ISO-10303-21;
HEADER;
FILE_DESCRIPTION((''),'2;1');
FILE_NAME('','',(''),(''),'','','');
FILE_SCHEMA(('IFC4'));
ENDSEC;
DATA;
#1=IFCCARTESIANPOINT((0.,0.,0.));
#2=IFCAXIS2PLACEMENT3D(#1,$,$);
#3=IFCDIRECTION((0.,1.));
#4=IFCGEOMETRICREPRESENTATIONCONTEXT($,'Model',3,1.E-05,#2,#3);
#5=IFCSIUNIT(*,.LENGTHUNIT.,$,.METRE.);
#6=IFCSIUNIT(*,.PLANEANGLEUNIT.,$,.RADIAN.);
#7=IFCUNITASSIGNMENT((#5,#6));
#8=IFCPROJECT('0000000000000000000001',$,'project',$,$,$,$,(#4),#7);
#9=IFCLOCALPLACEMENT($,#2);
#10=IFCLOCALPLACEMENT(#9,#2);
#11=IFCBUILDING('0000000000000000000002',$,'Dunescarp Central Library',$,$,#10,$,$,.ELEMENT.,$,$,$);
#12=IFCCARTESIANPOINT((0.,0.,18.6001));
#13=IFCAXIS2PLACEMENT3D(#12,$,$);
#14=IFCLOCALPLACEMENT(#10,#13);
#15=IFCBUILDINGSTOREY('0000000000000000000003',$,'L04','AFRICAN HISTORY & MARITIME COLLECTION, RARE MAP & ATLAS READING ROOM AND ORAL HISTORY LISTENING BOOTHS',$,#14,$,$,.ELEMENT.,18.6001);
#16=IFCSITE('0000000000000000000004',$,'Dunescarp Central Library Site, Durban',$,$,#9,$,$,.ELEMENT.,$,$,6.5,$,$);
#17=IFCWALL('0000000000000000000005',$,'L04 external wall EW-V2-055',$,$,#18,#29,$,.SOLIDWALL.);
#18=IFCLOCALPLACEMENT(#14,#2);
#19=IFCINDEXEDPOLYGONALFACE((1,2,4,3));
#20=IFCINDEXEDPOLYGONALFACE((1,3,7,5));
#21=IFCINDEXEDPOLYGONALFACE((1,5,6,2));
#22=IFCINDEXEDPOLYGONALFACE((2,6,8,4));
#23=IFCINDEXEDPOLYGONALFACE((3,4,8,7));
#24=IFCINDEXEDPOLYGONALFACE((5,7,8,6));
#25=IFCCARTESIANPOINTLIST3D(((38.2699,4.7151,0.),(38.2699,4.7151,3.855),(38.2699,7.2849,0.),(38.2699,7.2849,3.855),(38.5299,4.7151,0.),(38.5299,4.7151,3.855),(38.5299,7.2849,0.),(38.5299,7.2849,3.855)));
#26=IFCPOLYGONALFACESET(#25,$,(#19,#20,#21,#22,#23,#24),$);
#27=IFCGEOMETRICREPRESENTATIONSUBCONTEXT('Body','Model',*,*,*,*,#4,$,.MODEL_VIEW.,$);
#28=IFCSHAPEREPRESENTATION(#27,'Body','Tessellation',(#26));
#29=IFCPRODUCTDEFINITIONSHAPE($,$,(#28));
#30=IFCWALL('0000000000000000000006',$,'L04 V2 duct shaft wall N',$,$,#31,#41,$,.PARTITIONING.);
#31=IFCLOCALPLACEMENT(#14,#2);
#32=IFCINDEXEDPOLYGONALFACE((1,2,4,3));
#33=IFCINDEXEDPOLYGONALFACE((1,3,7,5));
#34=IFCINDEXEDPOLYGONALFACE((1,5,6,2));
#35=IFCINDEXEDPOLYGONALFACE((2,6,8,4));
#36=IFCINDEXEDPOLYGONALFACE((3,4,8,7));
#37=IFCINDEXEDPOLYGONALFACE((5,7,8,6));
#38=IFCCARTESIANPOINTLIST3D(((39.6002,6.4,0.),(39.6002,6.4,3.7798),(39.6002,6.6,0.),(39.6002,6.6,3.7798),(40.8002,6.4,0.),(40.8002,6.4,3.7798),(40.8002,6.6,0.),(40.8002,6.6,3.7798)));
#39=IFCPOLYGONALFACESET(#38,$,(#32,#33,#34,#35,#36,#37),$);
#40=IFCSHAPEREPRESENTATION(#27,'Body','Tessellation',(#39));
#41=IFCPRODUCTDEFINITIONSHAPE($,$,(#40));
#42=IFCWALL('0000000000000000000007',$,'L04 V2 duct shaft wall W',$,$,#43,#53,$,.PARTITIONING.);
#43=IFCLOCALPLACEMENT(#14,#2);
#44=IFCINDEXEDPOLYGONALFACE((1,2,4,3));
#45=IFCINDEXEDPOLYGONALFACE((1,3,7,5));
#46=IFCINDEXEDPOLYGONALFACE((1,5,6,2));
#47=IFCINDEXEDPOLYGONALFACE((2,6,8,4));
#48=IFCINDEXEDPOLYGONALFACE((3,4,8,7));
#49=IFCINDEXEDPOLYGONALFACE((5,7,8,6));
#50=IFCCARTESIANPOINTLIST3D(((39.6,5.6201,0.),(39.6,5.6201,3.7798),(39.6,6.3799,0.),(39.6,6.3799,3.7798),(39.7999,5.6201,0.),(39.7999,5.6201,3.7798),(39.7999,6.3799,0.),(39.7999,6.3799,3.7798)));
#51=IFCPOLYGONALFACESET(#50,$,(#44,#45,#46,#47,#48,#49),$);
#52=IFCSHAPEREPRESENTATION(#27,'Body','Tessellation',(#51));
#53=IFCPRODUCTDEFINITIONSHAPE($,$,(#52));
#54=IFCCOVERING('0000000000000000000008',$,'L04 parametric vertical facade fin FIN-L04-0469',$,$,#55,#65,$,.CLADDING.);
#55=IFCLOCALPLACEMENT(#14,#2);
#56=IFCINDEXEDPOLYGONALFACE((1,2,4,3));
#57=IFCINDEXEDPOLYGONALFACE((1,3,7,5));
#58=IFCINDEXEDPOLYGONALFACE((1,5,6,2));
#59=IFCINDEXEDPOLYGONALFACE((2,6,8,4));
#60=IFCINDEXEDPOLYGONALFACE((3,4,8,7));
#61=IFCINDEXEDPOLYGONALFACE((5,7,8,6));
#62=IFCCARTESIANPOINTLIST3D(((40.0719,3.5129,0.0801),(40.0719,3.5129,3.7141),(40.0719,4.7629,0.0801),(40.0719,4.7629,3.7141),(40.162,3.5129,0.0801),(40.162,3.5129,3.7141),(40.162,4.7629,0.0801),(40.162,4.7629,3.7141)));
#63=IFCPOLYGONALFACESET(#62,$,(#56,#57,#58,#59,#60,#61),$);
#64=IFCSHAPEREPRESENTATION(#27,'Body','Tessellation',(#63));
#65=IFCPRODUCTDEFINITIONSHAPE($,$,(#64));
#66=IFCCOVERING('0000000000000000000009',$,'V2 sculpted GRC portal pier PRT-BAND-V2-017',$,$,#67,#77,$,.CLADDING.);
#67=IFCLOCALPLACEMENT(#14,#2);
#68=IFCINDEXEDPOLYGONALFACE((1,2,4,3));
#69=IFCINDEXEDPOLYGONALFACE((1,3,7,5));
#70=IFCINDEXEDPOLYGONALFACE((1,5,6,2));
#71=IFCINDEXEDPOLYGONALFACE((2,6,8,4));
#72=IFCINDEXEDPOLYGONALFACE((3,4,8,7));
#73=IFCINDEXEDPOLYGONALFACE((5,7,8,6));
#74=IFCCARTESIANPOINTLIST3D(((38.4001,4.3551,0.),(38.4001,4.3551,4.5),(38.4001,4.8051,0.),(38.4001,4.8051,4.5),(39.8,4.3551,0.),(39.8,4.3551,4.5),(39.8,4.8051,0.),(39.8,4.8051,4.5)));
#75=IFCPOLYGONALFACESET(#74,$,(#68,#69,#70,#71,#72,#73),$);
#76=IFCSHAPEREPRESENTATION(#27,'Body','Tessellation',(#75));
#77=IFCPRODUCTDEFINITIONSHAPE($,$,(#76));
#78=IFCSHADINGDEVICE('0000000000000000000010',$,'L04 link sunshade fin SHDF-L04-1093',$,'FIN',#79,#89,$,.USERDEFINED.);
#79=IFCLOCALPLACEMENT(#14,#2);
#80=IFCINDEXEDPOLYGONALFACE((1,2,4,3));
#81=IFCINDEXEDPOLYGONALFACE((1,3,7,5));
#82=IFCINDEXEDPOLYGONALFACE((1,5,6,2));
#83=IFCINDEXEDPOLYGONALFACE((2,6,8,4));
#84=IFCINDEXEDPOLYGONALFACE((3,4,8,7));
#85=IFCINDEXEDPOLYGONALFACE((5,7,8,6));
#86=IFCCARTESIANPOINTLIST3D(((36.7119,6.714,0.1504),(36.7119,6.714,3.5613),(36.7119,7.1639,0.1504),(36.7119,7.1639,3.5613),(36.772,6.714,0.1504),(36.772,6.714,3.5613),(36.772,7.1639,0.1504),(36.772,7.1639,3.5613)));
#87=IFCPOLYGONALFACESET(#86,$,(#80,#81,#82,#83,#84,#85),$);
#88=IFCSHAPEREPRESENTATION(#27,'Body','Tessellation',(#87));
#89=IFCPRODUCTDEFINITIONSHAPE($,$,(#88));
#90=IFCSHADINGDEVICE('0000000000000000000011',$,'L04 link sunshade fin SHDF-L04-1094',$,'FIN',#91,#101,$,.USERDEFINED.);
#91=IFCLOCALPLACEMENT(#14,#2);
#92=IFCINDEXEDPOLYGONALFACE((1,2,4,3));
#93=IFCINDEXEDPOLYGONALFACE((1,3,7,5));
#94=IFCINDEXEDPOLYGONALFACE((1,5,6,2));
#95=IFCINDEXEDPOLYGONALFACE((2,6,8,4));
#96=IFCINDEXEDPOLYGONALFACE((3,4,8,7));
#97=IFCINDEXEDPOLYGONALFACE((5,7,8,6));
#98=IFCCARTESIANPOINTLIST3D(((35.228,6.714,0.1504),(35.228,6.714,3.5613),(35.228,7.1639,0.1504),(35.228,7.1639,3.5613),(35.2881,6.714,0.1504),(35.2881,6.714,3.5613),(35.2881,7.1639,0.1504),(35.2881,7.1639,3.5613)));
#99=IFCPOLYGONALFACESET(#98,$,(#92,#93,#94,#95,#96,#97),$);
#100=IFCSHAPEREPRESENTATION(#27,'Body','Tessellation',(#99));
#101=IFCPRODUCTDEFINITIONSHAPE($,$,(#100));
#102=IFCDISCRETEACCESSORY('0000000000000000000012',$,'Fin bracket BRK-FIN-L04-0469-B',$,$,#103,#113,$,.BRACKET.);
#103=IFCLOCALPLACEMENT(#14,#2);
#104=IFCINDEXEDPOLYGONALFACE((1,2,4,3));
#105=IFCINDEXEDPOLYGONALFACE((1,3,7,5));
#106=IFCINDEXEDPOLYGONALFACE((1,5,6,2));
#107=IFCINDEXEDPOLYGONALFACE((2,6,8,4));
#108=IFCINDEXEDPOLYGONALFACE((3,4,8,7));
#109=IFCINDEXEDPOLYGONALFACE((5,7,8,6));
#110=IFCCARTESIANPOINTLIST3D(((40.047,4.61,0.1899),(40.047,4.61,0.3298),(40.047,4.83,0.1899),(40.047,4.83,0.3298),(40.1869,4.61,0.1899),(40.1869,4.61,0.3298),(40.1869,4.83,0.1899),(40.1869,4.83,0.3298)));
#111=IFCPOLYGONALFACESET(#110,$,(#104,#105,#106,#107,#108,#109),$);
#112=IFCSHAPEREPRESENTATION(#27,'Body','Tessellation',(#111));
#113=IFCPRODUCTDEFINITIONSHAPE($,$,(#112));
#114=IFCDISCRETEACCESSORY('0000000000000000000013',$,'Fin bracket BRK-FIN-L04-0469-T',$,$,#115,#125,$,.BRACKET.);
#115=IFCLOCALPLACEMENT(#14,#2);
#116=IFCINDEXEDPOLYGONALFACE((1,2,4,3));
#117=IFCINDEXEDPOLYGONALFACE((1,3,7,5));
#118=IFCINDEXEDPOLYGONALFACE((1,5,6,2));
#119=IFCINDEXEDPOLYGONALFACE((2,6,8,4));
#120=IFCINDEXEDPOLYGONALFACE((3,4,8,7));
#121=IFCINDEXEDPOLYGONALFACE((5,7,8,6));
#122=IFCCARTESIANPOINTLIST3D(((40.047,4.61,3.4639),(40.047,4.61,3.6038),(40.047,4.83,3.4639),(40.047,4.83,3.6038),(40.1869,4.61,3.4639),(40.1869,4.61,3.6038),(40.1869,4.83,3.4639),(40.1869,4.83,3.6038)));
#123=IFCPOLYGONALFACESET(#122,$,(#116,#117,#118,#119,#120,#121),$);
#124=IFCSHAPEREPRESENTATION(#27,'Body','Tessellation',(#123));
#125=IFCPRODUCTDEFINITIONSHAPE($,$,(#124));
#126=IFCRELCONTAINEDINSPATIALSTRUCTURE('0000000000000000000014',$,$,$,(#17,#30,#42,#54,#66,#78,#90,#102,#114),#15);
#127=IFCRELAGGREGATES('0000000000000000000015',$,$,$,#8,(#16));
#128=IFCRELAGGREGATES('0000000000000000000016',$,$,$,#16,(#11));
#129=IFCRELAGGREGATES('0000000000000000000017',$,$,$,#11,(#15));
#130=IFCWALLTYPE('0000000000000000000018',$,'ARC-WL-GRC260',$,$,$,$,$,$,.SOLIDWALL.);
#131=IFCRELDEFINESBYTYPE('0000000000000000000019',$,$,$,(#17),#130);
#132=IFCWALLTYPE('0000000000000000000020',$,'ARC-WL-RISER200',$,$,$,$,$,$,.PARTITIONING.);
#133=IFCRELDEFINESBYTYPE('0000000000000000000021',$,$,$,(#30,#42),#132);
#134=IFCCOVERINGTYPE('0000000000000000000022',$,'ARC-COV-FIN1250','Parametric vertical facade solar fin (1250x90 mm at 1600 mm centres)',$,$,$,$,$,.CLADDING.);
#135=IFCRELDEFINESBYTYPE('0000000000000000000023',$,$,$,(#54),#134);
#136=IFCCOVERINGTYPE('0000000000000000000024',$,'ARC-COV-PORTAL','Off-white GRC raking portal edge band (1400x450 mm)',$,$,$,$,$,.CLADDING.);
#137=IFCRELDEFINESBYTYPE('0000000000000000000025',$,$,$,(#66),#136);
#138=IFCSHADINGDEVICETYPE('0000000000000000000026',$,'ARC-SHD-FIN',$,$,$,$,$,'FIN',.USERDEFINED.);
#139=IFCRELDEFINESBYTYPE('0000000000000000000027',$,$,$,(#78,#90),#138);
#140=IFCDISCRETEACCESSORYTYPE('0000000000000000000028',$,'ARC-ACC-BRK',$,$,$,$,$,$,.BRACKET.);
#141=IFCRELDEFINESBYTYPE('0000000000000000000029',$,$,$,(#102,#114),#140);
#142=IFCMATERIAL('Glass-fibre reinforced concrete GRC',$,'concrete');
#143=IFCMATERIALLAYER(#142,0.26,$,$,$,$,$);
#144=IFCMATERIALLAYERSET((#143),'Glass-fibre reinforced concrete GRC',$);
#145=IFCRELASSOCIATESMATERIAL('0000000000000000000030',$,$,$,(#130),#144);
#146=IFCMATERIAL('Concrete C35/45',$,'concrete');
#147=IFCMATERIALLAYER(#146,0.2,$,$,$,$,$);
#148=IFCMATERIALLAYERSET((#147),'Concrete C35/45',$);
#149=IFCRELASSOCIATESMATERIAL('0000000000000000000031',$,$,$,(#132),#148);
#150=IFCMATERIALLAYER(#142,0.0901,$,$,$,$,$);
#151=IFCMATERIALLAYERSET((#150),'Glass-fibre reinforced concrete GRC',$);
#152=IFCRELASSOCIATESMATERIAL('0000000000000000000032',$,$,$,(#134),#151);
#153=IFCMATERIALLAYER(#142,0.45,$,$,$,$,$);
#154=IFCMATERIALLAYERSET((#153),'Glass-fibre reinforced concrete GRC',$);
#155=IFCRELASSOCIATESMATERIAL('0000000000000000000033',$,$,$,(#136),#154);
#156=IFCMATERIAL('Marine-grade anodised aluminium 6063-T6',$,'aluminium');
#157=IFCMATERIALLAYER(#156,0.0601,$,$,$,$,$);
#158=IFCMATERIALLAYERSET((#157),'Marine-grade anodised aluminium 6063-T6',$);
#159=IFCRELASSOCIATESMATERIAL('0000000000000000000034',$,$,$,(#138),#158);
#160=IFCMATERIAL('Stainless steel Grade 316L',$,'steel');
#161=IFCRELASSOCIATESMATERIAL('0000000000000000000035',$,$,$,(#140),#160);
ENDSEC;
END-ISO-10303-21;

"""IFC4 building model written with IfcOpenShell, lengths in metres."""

from ifc_helpers import new_model, si_unit, direction, frame, frame_2d, origin, origin_2d, place, context, subcontext, project, spatial, rectangle, extrude, material, layer, layer_set, type_object, element, save


model = new_model("IFC4")

# Units and contexts
model_context = context("Model", 3, precision=1e-05, world=origin(), true_north=direction((0.0, 1.0)))
body_context = subcontext(model_context, "Body", "Model", "MODEL_VIEW")
ifc_project = project(units=[si_unit("LENGTHUNIT", "METRE"), si_unit("PLANEANGLEUNIT", "RADIAN")], contexts=[model_context])

# Site, building, storey
site_placement = place(None, origin())
site = spatial("IfcSite", under=ifc_project, at=site_placement, Name="Dunescarp Central Library Site, Durban", CompositionType="ELEMENT", RefElevation=6.5)
building_placement = place(site_placement, origin())
building = spatial("IfcBuilding", under=site, at=building_placement, Name="Dunescarp Central Library", CompositionType="ELEMENT")
storey_placement = place(building_placement, frame((0.0, 0.0, 18.6001)))
storey = spatial("IfcBuildingStorey", under=building, at=storey_placement, Name="L04", Description="AFRICAN HISTORY & MARITIME COLLECTION, RARE MAP & ATLAS READING ROOM AND ORAL HISTORY LISTENING BOOTHS", CompositionType="ELEMENT", Elevation=18.6001)

# Shared definitions
ifc_material_1 = material(Name="Marine-grade anodised aluminium 6063-T6", Category="aluminium")

# Walls
ifc_material_2 = material(Name="Glass-fibre reinforced concrete GRC", Category="concrete")
ifc_layer_1 = layer(ifc_material_2, 0.26)
ifc_layer_set_1 = layer_set([ifc_layer_1], Name="Glass-fibre reinforced concrete GRC")
wall_type_1 = type_object("IfcWallType", Name="ARC-WL-GRC260", PredefinedType="SOLIDWALL", material=ifc_layer_set_1)
wall_1_placement = place(storey_placement, frame((38.3999, 4.7151, 0.0), z_axis=(0.0, 0.0, 1.0), x_axis=(0.0, 1.0, 0.0)))
element("IfcWall", 1, at=wall_1_placement, inside=storey, type_object=wall_type_1, Name="L04 external wall EW-V2-055", PredefinedType="SOLIDWALL", context=body_context, shape_type="SweptSolid", body=[
    extrude(rectangle(XDim=2.5698, YDim=0.26, at=frame_2d((1.2849, 0.0))), origin(), (0.0, 0.0, 1.0), 3.855),
])
ifc_material_3 = material(Name="Concrete C35/45", Category="concrete")
ifc_layer_2 = layer(ifc_material_3, 0.2)
ifc_layer_set_2 = layer_set([ifc_layer_2], Name="Concrete C35/45")
wall_type_2 = type_object("IfcWallType", Name="ARC-WL-RISER200", PredefinedType="PARTITIONING", material=ifc_layer_set_2)
wall_2_placement = place(storey_placement, frame((39.6001, 6.5, 0.0), z_axis=(0.0, 0.0, 1.0), x_axis=(1.0, 0.0, 0.0)))
element("IfcWall", 2, at=wall_2_placement, inside=storey, type_object=wall_type_2, Name="L04 V2 duct shaft wall N", PredefinedType="PARTITIONING", context=body_context, shape_type="SweptSolid", body=[
    extrude(rectangle(XDim=1.2, YDim=0.2, at=frame_2d((0.6001, 0.0))), origin(), (0.0, 0.0, 1.0), 3.7798),
])
wall_3_placement = place(storey_placement, frame((39.7, 5.6201, 0.0), z_axis=(0.0, 0.0, 1.0), x_axis=(0.0, 1.0, 0.0)))
element("IfcWall", 3, at=wall_3_placement, inside=storey, type_object=wall_type_2, Name="L04 V2 duct shaft wall W", PredefinedType="PARTITIONING", context=body_context, shape_type="SweptSolid", body=[
    extrude(rectangle(XDim=0.7598, YDim=0.2, at=frame_2d((0.3799, 0.0))), origin(), (0.0, 0.0, 1.0), 3.7798),
])

# Coverings
ifc_layer_3 = layer(ifc_material_2, 0.0901)
ifc_layer_set_3 = layer_set([ifc_layer_3], Name="Glass-fibre reinforced concrete GRC")
covering_type_1 = type_object("IfcCoveringType", Name="ARC-COV-FIN1250", Description="Parametric vertical facade solar fin (1250x90 mm at 1600 mm centres)", PredefinedType="CLADDING", material=ifc_layer_set_3)
covering_1_placement = place(storey_placement, frame((40.1169, 4.1379, 0.0801), z_axis=(0.0, 0.0, 1.0), x_axis=(0.0, -1.0, 0.0)))
element("IfcCovering", 4, at=covering_1_placement, inside=storey, type_object=covering_type_1, Name="L04 parametric vertical facade fin FIN-L04-0469", PredefinedType="CLADDING", context=body_context, shape_type="SweptSolid", body=[
    extrude(rectangle(XDim=1.25, YDim=0.0901, at=origin_2d()), origin(), (0.0, 0.0, 1.0), 3.634),
])
ifc_layer_4 = layer(ifc_material_2, 0.45)
ifc_layer_set_4 = layer_set([ifc_layer_4], Name="Glass-fibre reinforced concrete GRC")
covering_type_2 = type_object("IfcCoveringType", Name="ARC-COV-PORTAL", Description="Off-white GRC raking portal edge band (1400x450 mm)", PredefinedType="CLADDING", material=ifc_layer_set_4)
covering_2_placement = place(storey_placement, frame((39.1001, 4.5801, 0.0), z_axis=(0.0, 0.0, 1.0), x_axis=(1.0, 0.0, 0.0)))
element("IfcCovering", 5, at=covering_2_placement, inside=storey, type_object=covering_type_2, Name="V2 sculpted GRC portal pier PRT-BAND-V2-017", PredefinedType="CLADDING", context=body_context, shape_type="SweptSolid", body=[
    extrude(rectangle(XDim=1.3999, YDim=0.45, at=origin_2d()), origin(), (0.0, 0.0, 1.0), 4.5),
])

# Shading devices
ifc_layer_5 = layer(ifc_material_1, 0.0601)
ifc_layer_set_5 = layer_set([ifc_layer_5], Name="Marine-grade anodised aluminium 6063-T6")
shading_device_type = type_object("IfcShadingDeviceType", Name="ARC-SHD-FIN", ElementType="FIN", PredefinedType="USERDEFINED", material=ifc_layer_set_5)
for number, where, z_axis, x_axis, name in (
    (6, (36.7419, 6.939, 0.1504), (0.0, 0.0, 1.0), (0.0, -1.0, 0.0), "L04 link sunshade fin SHDF-L04-1093"),
    (7, (35.2581, 6.939, 0.1504), (0.0, 0.0, 1.0), (0.0, -1.0, 0.0), "L04 link sunshade fin SHDF-L04-1094"),
):
    element("IfcShadingDevice", number, at=place(storey_placement, frame(where, z_axis=z_axis, x_axis=x_axis)), inside=storey, type_object=shading_device_type, Name=name, ObjectType="FIN", PredefinedType="USERDEFINED", context=body_context, shape_type="SweptSolid", body=[
        extrude(rectangle(XDim=0.45, YDim=0.0601, at=origin_2d()), origin(), (0.0, 0.0, 1.0), 3.4109),
    ])

# Discrete accessories
ifc_material_4 = material(Name="Stainless steel Grade 316L", Category="steel")
discrete_accessory_type = type_object("IfcDiscreteAccessoryType", Name="ARC-ACC-BRK", PredefinedType="BRACKET", material=ifc_material_4)
for number, where, z_axis, x_axis, name in (
    (8, (40.1169, 4.72, 0.1899), (0.0, 0.0, 1.0), (0.0, -1.0, 0.0), "Fin bracket BRK-FIN-L04-0469-B"),
    (9, (40.1169, 4.72, 3.4639), (0.0, 0.0, 1.0), (0.0, -1.0, 0.0), "Fin bracket BRK-FIN-L04-0469-T"),
):
    element("IfcDiscreteAccessory", number, at=place(storey_placement, frame(where, z_axis=z_axis, x_axis=x_axis)), inside=storey, type_object=discrete_accessory_type, Name=name, PredefinedType="BRACKET", context=body_context, shape_type="SweptSolid", body=[
        extrude(rectangle(XDim=0.22, YDim=0.1399, at=origin_2d()), origin(), (0.0, 0.0, 1.0), 0.1399),
    ])

save(model, "model.ifc")
